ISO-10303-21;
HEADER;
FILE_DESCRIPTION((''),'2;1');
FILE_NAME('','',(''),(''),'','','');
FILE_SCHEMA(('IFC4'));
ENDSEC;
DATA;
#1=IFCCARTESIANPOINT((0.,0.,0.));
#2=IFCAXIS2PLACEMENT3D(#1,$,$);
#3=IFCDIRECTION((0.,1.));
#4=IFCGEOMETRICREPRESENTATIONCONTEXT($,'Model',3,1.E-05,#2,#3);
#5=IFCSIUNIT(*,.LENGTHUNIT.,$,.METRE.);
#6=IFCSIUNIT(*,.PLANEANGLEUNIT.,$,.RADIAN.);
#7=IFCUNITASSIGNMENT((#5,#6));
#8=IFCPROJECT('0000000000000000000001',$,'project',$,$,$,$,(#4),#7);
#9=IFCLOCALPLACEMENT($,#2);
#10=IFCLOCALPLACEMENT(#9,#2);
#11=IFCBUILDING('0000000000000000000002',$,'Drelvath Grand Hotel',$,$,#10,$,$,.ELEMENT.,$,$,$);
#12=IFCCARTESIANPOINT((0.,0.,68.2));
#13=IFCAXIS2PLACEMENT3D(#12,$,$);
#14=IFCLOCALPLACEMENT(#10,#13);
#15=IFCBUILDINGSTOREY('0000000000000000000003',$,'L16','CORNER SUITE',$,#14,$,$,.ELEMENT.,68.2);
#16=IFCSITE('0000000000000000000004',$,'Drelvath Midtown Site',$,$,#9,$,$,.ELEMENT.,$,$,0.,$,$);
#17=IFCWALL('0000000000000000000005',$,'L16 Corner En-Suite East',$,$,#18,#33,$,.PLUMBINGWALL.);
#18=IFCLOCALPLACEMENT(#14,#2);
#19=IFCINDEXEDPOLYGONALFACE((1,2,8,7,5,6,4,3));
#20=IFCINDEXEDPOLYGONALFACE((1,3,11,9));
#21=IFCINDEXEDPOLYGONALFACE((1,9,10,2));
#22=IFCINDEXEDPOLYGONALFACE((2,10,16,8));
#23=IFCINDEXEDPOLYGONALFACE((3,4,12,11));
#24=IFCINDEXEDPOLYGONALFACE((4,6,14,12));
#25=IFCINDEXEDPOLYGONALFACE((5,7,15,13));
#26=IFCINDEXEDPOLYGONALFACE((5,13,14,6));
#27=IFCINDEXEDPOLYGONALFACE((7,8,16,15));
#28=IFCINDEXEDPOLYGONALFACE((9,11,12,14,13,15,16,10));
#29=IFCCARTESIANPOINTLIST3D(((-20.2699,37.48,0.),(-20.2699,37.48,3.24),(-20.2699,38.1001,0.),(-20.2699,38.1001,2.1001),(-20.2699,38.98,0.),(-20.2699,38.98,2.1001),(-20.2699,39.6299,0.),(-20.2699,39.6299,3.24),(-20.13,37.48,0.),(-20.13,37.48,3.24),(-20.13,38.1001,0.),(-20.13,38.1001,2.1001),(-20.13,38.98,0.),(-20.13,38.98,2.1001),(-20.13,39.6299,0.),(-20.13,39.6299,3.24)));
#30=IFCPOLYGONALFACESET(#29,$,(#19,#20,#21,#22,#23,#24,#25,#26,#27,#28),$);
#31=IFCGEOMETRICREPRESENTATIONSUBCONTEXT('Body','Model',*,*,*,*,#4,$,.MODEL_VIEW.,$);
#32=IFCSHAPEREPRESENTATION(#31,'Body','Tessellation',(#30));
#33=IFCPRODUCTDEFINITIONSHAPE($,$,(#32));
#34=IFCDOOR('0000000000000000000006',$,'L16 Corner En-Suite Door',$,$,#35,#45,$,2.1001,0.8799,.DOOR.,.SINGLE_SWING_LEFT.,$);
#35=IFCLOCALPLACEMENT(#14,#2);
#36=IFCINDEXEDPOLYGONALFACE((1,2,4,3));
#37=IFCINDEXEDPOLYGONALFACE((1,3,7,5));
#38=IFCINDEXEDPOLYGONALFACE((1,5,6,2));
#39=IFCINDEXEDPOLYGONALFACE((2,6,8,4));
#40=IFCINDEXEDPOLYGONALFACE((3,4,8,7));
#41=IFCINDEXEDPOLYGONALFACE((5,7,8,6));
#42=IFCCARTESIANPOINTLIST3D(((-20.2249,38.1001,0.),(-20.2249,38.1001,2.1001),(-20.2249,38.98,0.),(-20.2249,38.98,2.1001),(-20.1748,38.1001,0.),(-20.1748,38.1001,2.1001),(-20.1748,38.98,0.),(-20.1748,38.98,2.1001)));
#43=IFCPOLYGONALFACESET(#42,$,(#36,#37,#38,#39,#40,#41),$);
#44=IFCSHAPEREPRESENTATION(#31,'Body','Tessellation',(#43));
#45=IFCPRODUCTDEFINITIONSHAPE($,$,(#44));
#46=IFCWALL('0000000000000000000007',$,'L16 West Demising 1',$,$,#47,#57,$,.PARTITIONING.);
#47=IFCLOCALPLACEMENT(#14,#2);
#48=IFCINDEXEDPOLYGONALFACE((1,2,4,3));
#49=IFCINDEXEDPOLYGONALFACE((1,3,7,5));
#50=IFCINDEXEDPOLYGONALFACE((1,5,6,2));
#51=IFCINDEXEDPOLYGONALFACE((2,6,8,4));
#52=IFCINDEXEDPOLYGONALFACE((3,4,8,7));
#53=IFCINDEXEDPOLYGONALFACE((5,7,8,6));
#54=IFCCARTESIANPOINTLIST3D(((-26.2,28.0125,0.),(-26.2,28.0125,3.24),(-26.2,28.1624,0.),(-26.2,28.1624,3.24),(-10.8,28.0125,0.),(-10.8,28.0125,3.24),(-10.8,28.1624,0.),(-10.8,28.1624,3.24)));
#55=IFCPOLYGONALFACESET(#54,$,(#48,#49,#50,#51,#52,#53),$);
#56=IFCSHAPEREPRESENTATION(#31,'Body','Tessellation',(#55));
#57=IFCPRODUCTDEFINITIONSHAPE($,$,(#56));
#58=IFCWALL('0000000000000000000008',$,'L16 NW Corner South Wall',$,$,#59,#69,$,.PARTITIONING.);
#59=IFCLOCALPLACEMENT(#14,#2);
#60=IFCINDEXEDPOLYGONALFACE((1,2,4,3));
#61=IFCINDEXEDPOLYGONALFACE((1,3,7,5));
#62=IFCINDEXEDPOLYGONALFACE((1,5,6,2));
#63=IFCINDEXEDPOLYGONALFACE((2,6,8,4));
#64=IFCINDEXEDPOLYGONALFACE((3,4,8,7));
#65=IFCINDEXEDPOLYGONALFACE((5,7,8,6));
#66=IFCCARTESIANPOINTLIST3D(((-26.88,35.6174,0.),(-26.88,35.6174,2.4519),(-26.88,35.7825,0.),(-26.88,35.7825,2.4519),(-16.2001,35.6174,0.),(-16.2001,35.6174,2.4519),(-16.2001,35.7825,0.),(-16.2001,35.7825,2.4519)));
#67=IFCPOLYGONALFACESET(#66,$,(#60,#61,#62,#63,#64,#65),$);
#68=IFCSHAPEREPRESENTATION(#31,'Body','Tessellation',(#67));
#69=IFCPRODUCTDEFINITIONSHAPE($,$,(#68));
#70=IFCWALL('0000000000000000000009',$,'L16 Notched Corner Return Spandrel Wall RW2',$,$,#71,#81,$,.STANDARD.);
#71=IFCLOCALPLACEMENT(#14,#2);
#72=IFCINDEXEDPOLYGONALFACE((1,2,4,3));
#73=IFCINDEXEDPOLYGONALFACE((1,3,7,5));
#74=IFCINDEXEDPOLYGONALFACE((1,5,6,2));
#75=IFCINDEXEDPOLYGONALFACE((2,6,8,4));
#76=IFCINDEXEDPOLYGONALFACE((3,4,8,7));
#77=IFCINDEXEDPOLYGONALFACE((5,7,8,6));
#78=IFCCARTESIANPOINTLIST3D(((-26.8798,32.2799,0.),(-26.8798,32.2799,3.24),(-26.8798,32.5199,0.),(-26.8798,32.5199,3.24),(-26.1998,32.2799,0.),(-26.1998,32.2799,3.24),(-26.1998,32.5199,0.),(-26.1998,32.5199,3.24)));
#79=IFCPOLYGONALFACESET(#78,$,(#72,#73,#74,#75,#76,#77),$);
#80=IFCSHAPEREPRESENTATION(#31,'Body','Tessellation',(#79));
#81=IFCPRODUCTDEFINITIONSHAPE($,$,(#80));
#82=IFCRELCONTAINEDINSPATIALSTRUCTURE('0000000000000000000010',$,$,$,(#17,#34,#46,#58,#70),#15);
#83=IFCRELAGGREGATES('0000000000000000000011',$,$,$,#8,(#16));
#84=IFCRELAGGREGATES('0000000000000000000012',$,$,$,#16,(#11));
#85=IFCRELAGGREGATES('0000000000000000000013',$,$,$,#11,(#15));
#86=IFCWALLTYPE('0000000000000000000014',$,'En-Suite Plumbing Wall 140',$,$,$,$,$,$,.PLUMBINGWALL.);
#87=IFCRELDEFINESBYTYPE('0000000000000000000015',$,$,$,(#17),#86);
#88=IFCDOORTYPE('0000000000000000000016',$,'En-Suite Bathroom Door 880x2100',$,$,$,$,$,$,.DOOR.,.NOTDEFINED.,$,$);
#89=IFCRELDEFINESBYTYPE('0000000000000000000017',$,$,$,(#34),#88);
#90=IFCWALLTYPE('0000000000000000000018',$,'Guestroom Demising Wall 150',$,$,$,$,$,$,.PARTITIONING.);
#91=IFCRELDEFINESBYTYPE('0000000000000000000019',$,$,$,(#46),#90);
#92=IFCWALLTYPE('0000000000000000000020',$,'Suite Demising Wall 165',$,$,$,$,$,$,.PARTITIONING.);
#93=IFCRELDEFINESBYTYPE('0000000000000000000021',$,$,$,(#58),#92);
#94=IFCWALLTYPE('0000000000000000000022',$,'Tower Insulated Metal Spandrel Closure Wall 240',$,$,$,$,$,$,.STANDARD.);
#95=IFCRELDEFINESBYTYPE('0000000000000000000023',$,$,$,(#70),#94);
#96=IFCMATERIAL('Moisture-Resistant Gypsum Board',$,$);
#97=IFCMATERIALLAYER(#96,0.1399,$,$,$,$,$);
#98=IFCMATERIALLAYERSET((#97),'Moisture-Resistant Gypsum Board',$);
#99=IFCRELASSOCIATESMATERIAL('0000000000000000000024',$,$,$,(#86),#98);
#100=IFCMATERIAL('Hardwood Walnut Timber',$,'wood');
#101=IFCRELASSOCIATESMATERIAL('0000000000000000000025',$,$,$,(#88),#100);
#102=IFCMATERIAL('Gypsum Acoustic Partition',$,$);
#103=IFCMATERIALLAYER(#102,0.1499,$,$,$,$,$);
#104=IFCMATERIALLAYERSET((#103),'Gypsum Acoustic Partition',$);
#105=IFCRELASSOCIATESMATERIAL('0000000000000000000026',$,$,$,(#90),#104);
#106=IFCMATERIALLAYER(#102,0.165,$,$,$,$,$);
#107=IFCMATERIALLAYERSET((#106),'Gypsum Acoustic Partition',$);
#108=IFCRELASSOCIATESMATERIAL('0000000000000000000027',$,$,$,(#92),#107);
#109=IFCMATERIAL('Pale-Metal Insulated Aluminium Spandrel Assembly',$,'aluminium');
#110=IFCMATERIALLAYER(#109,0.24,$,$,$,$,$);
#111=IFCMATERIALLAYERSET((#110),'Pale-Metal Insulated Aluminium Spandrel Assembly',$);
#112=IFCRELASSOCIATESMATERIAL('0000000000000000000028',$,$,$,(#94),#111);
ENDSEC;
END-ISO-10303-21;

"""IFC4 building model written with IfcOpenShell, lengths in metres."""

from ifc_helpers import new_model, si_unit, direction, frame, frame_2d, origin, place, context, subcontext, project, spatial, rectangle, extrude, material, layer, layer_set, type_object, element, fill, save


model = new_model("IFC4")

# Units and contexts
model_context = context("Model", 3, precision=1e-05, world=origin(), true_north=direction((0.0, 1.0)))
body_context = subcontext(model_context, "Body", "Model", "MODEL_VIEW")
ifc_project = project(units=[si_unit("LENGTHUNIT", "METRE"), si_unit("PLANEANGLEUNIT", "RADIAN")], contexts=[model_context])

# Site, building, storey
site_placement = place(None, origin())
site = spatial("IfcSite", under=ifc_project, at=site_placement, Name="Drelvath Midtown Site", CompositionType="ELEMENT", RefElevation=0.0)
building_placement = place(site_placement, origin())
building = spatial("IfcBuilding", under=site, at=building_placement, Name="Drelvath Grand Hotel", CompositionType="ELEMENT")
storey_placement = place(building_placement, frame((0.0, 0.0, 68.2)))
storey = spatial("IfcBuildingStorey", under=building, at=storey_placement, Name="L16", Description="CORNER SUITE", CompositionType="ELEMENT", Elevation=68.2)

# Shared definitions
ifc_material_1 = material(Name="Moisture-Resistant Gypsum Board")
ifc_layer_1 = layer(ifc_material_1, 0.1399)
ifc_layer_set_1 = layer_set([ifc_layer_1], Name="Moisture-Resistant Gypsum Board")
wall_type_1 = type_object("IfcWallType", Name="En-Suite Plumbing Wall 140", PredefinedType="PLUMBINGWALL", material=ifc_layer_set_1)

# Wall, opening, door
wall_1_placement = place(storey_placement, frame((-20.2, 37.48, 0.0), z_axis=(0.0, 0.0, 1.0), x_axis=(0.0, 1.0, 0.0)))
wall_1 = element("IfcWall", 1, at=wall_1_placement, inside=storey, type_object=wall_type_1, Name="L16 Corner En-Suite East", PredefinedType="PLUMBINGWALL", context=body_context, shape_type="SweptSolid", body=[
    extrude(rectangle(XDim=2.1499, YDim=0.1399, at=frame_2d((1.075, 0.0))), origin(), (0.0, 0.0, 1.0), 3.24),
])
opening_placement = place(wall_1_placement, frame((0.6201, 0.0, 0.0)))
opening = element("IfcOpeningElement", 2, at=opening_placement, cuts=wall_1, PredefinedType="OPENING", context=body_context, shape_type="SweptSolid", body=[
    extrude(rectangle(XDim=0.8799, YDim=2.1001, at=frame_2d((0.4399, 1.05))), frame((0.0, 0.0798, 0.0), z_axis=(0.0, -1.0, 0.0), x_axis=(1.0, 0.0, 0.0)), (0.0, 0.0, 1.0), 0.1599),
])
ifc_material_2 = material(Name="Hardwood Walnut Timber", Category="wood")
door_type = type_object("IfcDoorType", Name="En-Suite Bathroom Door 880x2100", OperationType="NOTDEFINED", PredefinedType="DOOR", material=ifc_material_2)
door_placement = place(opening_placement, origin())
door = element("IfcDoor", 3, at=door_placement, inside=storey, type_object=door_type, Name="L16 Corner En-Suite Door", OperationType="SINGLE_SWING_LEFT", OverallHeight=2.1001, OverallWidth=0.8799, PredefinedType="DOOR", context=body_context, shape_type="SweptSolid", body=[
    extrude(rectangle(XDim=0.8799, YDim=2.1001, at=frame_2d((0.4399, 1.05))), frame((0.0, 0.0249, 0.0), z_axis=(0.0, -1.0, 0.0), x_axis=(1.0, 0.0, 0.0)), (0.0, 0.0, 1.0), 0.05),
])
fill(opening, door)

# Walls
ifc_material_3 = material(Name="Gypsum Acoustic Partition")
ifc_layer_2 = layer(ifc_material_3, 0.1499)
ifc_layer_set_2 = layer_set([ifc_layer_2], Name="Gypsum Acoustic Partition")
wall_type_2 = type_object("IfcWallType", Name="Guestroom Demising Wall 150", PredefinedType="PARTITIONING", material=ifc_layer_set_2)
wall_2_placement = place(storey_placement, frame((-26.2, 28.0874, 0.0), z_axis=(0.0, 0.0, 1.0), x_axis=(1.0, 0.0, 0.0)))
element("IfcWall", 4, at=wall_2_placement, inside=storey, type_object=wall_type_2, Name="L16 West Demising 1", PredefinedType="PARTITIONING", context=body_context, shape_type="SweptSolid", body=[
    extrude(rectangle(XDim=15.3999, YDim=0.1499, at=frame_2d((7.7, 0.0))), origin(), (0.0, 0.0, 1.0), 3.24),
])
ifc_layer_3 = layer(ifc_material_3, 0.165)
ifc_layer_set_3 = layer_set([ifc_layer_3], Name="Gypsum Acoustic Partition")
wall_type_3 = type_object("IfcWallType", Name="Suite Demising Wall 165", PredefinedType="PARTITIONING", material=ifc_layer_set_3)
wall_3_placement = place(storey_placement, frame((-26.8799, 35.7, 0.0), z_axis=(0.0, 0.0, 1.0), x_axis=(1.0, 0.0, 0.0)))
element("IfcWall", 5, at=wall_3_placement, inside=storey, type_object=wall_type_3, Name="L16 NW Corner South Wall", PredefinedType="PARTITIONING", context=body_context, shape_type="SweptSolid", body=[
    extrude(rectangle(XDim=10.6799, YDim=0.165, at=frame_2d((5.3398, 0.0))), origin(), (0.0, 0.0, 1.0), 2.4519),
])
ifc_material_4 = material(Name="Pale-Metal Insulated Aluminium Spandrel Assembly", Category="aluminium")
ifc_layer_4 = layer(ifc_material_4, 0.24)
ifc_layer_set_4 = layer_set([ifc_layer_4], Name="Pale-Metal Insulated Aluminium Spandrel Assembly")
wall_type_4 = type_object("IfcWallType", Name="Tower Insulated Metal Spandrel Closure Wall 240", PredefinedType="STANDARD", material=ifc_layer_set_4)
wall_4_placement = place(storey_placement, frame((-26.2, 32.3999, 0.0), z_axis=(0.0, 0.0, 1.0), x_axis=(-1.0, 0.0, 0.0)))
element("IfcWall", 6, at=wall_4_placement, inside=storey, type_object=wall_type_4, Name="L16 Notched Corner Return Spandrel Wall RW2", PredefinedType="STANDARD", context=body_context, shape_type="SweptSolid", body=[
    extrude(rectangle(XDim=0.6799, YDim=0.24, at=frame_2d((0.3398, 0.0))), origin(), (0.0, 0.0, 1.0), 3.24),
])

save(model, "model.ifc")
